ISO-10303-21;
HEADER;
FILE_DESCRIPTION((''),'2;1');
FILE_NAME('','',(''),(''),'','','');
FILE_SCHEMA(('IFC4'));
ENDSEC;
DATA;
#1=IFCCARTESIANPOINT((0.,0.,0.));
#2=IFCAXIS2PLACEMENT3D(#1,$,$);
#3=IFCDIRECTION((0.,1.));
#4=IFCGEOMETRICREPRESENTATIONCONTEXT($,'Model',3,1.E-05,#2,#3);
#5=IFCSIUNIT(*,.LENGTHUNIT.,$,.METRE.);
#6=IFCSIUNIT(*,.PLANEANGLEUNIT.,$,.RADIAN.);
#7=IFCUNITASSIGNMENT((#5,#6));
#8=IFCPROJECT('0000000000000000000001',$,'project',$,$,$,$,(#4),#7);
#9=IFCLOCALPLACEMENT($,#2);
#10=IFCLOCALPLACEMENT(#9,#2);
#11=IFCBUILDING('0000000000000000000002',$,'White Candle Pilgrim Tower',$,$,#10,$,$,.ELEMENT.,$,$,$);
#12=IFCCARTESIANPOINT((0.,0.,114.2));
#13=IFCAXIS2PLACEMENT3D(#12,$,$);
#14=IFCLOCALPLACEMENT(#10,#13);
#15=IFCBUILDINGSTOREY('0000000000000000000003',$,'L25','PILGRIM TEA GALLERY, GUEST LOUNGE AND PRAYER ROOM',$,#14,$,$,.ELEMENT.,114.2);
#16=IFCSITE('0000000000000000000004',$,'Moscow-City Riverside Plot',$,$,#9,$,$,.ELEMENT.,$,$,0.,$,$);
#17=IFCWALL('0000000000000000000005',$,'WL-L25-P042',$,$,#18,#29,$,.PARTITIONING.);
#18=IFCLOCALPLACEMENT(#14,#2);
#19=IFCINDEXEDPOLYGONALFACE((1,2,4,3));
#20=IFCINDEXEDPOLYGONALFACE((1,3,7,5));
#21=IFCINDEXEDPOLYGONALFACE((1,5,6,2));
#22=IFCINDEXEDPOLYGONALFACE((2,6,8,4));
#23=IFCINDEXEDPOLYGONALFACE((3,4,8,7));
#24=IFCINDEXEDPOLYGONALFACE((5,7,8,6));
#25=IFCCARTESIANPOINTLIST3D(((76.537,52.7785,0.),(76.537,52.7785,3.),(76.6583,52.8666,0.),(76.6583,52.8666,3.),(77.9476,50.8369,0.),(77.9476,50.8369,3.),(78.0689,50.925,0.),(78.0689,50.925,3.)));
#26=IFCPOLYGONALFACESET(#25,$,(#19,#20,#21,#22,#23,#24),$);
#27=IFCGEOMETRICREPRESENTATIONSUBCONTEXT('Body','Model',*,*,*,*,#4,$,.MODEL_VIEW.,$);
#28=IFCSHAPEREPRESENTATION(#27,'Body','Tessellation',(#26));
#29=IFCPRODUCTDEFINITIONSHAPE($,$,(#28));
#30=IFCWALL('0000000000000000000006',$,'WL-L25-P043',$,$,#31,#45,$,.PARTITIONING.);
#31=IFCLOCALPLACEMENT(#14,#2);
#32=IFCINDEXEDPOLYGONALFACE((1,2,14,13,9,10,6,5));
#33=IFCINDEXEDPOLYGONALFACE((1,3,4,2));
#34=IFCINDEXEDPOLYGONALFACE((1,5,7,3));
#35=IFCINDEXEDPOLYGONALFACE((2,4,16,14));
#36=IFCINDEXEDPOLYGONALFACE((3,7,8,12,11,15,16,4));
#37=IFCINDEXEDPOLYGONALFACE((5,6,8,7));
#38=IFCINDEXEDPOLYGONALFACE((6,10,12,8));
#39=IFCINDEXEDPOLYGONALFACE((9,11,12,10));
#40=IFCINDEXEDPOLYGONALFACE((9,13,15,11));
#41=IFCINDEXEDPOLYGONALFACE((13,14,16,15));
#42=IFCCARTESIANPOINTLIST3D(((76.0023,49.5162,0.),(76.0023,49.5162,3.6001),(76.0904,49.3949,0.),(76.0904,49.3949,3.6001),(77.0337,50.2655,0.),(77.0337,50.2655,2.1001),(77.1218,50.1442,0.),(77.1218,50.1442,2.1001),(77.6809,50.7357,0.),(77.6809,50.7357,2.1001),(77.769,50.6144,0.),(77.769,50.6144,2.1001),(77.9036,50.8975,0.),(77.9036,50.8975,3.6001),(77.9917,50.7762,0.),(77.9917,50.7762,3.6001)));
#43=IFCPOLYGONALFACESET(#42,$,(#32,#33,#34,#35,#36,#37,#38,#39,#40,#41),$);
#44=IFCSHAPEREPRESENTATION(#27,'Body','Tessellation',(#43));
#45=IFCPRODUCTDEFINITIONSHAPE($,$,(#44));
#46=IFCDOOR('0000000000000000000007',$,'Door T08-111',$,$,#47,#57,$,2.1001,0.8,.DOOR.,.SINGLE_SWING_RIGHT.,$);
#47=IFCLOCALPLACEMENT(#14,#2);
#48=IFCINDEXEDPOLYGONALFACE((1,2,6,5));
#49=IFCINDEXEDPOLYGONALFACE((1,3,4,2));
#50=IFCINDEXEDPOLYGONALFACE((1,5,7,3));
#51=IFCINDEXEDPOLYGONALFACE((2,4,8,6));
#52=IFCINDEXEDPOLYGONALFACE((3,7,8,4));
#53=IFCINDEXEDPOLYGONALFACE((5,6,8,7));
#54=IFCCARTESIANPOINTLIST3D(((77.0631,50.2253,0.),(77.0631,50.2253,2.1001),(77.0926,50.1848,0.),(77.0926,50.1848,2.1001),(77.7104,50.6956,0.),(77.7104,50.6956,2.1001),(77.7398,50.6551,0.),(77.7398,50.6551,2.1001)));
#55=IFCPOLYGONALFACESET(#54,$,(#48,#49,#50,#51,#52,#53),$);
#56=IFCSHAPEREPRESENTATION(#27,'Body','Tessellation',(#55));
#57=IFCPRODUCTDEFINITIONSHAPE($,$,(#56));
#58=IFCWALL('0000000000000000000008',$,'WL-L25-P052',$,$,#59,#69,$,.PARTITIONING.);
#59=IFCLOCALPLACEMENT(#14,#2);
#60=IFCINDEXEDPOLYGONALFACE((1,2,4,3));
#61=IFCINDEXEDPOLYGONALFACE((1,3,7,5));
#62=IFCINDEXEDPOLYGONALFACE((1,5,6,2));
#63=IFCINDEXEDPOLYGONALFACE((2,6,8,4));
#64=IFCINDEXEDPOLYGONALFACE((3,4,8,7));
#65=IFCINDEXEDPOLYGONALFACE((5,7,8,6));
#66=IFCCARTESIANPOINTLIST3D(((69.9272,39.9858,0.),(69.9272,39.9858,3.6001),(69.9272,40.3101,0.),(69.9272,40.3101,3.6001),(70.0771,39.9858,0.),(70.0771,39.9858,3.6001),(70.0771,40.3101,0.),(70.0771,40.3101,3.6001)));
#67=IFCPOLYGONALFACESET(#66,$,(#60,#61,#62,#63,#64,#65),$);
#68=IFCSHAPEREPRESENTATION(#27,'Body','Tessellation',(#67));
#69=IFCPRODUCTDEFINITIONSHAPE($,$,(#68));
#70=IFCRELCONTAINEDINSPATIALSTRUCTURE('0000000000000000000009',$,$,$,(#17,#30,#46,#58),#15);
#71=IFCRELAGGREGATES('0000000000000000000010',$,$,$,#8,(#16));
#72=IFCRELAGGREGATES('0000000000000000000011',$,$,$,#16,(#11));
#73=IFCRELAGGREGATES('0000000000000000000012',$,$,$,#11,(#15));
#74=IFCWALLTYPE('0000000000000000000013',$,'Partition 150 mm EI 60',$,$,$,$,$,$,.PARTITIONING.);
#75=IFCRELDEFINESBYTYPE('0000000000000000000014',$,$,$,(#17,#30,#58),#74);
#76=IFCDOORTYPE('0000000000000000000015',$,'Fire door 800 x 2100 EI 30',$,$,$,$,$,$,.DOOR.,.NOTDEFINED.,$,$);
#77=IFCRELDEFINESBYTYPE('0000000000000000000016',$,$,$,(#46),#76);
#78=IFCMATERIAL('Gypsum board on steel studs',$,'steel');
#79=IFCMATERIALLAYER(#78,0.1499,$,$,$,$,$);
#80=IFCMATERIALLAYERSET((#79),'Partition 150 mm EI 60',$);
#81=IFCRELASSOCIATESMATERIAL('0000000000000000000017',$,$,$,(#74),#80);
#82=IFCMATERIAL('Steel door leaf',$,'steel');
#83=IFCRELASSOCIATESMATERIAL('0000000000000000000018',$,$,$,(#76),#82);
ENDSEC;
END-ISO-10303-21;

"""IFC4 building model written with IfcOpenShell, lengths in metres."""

from ifc_helpers import new_model, si_unit, direction, frame, frame_2d, origin, place, context, subcontext, project, spatial, rectangle, extrude, material, layer, layer_set, type_object, element, fill, save


model = new_model("IFC4")

# Units and contexts
model_context = context("Model", 3, precision=1e-05, world=origin(), true_north=direction((0.0, 1.0)))
body_context = subcontext(model_context, "Body", "Model", "MODEL_VIEW")
ifc_project = project(units=[si_unit("LENGTHUNIT", "METRE"), si_unit("PLANEANGLEUNIT", "RADIAN")], contexts=[model_context])

# Site, building, storey
site_placement = place(None, origin())
site = spatial("IfcSite", under=ifc_project, at=site_placement, Name="Moscow-City Riverside Plot", CompositionType="ELEMENT", RefElevation=0.0)
building_placement = place(site_placement, origin())
building = spatial("IfcBuilding", under=site, at=building_placement, Name="White Candle Pilgrim Tower", CompositionType="ELEMENT")
storey_placement = place(building_placement, frame((0.0, 0.0, 114.2)))
storey = spatial("IfcBuildingStorey", under=building, at=storey_placement, Name="L25", Description="PILGRIM TEA GALLERY, GUEST LOUNGE AND PRAYER ROOM", CompositionType="ELEMENT", Elevation=114.2)

# Shared definitions
ifc_material_1 = material(Name="Gypsum board on steel studs", Category="steel")
ifc_material_2 = material(Name="Steel door leaf", Category="steel")

# Wall
ifc_layer_1 = layer(ifc_material_1, 0.1499)
ifc_layer_set_1 = layer_set([ifc_layer_1], Name="Partition 150 mm EI 60")
wall_type_1 = type_object("IfcWallType", Name="Partition 150 mm EI 60", PredefinedType="PARTITIONING", material=ifc_layer_set_1)
wall_1_placement = place(storey_placement, frame((76.5977, 52.8225, 0.0), z_axis=(0.0, 0.0, 1.0), x_axis=(0.587772, -0.809026, 0.0)))
element("IfcWall", 1, at=wall_1_placement, inside=storey, type_object=wall_type_1, Name="WL-L25-P042", PredefinedType="PARTITIONING", context=body_context, shape_type="SweptSolid", body=[
    extrude(rectangle(XDim=2.3999, YDim=0.1499, at=frame_2d((1.2, 0.0))), origin(), (0.0, 0.0, 1.0), 3.0),
])

# Wall, opening, door
wall_2_placement = place(storey_placement, frame((76.0464, 49.4556, 0.0), z_axis=(0.0, 0.0, 1.0), x_axis=(0.809032, 0.587764, 0.0)))
wall_2 = element("IfcWall", 2, at=wall_2_placement, inside=storey, type_object=wall_type_1, Name="WL-L25-P043", PredefinedType="PARTITIONING", context=body_context, shape_type="SweptSolid", body=[
    extrude(rectangle(XDim=2.3501, YDim=0.1499, at=frame_2d((1.175, 0.0))), origin(), (0.0, 0.0, 1.0), 3.6001),
])
opening_1_placement = place(wall_2_placement, frame((1.2749, 0.0, 0.0)))
opening_1 = element("IfcOpeningElement", 3, at=opening_1_placement, cuts=wall_2, PredefinedType="OPENING", context=body_context, shape_type="SweptSolid", body=[
    extrude(rectangle(XDim=0.8, YDim=2.1001, at=frame_2d((0.3999, 1.05))), frame((0.0, 0.085, 0.0), z_axis=(0.0, -1.0, 0.0), x_axis=(1.0, 0.0, 0.0)), (0.0, 0.0, 1.0), 0.1699),
])
door_type_1 = type_object("IfcDoorType", Name="Fire door 800 x 2100 EI 30", OperationType="NOTDEFINED", PredefinedType="DOOR", material=ifc_material_2)
door_1_placement = place(opening_1_placement, frame((0.8, 0.0, 0.0), z_axis=(0.0, 0.0, 1.0), x_axis=(-1.0, 0.0, 0.0)))
door_1 = element("IfcDoor", 4, at=door_1_placement, inside=storey, type_object=door_type_1, Name="Door T08-111", OperationType="SINGLE_SWING_RIGHT", OverallHeight=2.1001, OverallWidth=0.8, PredefinedType="DOOR", context=body_context, shape_type="SweptSolid", body=[
    extrude(rectangle(XDim=0.8, YDim=2.1001, at=frame_2d((0.3999, 1.05))), frame((0.0, 0.0249, 0.0), z_axis=(0.0, -1.0, 0.0), x_axis=(1.0, 0.0, 0.0)), (0.0, 0.0, 1.0), 0.05),
])
fill(opening_1, door_1)

# Wall
wall_3_placement = place(storey_placement, frame((70.0022, 40.3101, 0.0), z_axis=(0.0, 0.0, 1.0), x_axis=(0.0, -1.0, 0.0)))
element("IfcWall", 5, at=wall_3_placement, inside=storey, type_object=wall_type_1, Name="WL-L25-P052", PredefinedType="PARTITIONING", context=body_context, shape_type="SweptSolid", body=[
    extrude(rectangle(XDim=0.3242, YDim=0.1499, at=frame_2d((0.1621, 0.0))), origin(), (0.0, 0.0, 1.0), 3.6001),
])

save(model, "model.ifc")
